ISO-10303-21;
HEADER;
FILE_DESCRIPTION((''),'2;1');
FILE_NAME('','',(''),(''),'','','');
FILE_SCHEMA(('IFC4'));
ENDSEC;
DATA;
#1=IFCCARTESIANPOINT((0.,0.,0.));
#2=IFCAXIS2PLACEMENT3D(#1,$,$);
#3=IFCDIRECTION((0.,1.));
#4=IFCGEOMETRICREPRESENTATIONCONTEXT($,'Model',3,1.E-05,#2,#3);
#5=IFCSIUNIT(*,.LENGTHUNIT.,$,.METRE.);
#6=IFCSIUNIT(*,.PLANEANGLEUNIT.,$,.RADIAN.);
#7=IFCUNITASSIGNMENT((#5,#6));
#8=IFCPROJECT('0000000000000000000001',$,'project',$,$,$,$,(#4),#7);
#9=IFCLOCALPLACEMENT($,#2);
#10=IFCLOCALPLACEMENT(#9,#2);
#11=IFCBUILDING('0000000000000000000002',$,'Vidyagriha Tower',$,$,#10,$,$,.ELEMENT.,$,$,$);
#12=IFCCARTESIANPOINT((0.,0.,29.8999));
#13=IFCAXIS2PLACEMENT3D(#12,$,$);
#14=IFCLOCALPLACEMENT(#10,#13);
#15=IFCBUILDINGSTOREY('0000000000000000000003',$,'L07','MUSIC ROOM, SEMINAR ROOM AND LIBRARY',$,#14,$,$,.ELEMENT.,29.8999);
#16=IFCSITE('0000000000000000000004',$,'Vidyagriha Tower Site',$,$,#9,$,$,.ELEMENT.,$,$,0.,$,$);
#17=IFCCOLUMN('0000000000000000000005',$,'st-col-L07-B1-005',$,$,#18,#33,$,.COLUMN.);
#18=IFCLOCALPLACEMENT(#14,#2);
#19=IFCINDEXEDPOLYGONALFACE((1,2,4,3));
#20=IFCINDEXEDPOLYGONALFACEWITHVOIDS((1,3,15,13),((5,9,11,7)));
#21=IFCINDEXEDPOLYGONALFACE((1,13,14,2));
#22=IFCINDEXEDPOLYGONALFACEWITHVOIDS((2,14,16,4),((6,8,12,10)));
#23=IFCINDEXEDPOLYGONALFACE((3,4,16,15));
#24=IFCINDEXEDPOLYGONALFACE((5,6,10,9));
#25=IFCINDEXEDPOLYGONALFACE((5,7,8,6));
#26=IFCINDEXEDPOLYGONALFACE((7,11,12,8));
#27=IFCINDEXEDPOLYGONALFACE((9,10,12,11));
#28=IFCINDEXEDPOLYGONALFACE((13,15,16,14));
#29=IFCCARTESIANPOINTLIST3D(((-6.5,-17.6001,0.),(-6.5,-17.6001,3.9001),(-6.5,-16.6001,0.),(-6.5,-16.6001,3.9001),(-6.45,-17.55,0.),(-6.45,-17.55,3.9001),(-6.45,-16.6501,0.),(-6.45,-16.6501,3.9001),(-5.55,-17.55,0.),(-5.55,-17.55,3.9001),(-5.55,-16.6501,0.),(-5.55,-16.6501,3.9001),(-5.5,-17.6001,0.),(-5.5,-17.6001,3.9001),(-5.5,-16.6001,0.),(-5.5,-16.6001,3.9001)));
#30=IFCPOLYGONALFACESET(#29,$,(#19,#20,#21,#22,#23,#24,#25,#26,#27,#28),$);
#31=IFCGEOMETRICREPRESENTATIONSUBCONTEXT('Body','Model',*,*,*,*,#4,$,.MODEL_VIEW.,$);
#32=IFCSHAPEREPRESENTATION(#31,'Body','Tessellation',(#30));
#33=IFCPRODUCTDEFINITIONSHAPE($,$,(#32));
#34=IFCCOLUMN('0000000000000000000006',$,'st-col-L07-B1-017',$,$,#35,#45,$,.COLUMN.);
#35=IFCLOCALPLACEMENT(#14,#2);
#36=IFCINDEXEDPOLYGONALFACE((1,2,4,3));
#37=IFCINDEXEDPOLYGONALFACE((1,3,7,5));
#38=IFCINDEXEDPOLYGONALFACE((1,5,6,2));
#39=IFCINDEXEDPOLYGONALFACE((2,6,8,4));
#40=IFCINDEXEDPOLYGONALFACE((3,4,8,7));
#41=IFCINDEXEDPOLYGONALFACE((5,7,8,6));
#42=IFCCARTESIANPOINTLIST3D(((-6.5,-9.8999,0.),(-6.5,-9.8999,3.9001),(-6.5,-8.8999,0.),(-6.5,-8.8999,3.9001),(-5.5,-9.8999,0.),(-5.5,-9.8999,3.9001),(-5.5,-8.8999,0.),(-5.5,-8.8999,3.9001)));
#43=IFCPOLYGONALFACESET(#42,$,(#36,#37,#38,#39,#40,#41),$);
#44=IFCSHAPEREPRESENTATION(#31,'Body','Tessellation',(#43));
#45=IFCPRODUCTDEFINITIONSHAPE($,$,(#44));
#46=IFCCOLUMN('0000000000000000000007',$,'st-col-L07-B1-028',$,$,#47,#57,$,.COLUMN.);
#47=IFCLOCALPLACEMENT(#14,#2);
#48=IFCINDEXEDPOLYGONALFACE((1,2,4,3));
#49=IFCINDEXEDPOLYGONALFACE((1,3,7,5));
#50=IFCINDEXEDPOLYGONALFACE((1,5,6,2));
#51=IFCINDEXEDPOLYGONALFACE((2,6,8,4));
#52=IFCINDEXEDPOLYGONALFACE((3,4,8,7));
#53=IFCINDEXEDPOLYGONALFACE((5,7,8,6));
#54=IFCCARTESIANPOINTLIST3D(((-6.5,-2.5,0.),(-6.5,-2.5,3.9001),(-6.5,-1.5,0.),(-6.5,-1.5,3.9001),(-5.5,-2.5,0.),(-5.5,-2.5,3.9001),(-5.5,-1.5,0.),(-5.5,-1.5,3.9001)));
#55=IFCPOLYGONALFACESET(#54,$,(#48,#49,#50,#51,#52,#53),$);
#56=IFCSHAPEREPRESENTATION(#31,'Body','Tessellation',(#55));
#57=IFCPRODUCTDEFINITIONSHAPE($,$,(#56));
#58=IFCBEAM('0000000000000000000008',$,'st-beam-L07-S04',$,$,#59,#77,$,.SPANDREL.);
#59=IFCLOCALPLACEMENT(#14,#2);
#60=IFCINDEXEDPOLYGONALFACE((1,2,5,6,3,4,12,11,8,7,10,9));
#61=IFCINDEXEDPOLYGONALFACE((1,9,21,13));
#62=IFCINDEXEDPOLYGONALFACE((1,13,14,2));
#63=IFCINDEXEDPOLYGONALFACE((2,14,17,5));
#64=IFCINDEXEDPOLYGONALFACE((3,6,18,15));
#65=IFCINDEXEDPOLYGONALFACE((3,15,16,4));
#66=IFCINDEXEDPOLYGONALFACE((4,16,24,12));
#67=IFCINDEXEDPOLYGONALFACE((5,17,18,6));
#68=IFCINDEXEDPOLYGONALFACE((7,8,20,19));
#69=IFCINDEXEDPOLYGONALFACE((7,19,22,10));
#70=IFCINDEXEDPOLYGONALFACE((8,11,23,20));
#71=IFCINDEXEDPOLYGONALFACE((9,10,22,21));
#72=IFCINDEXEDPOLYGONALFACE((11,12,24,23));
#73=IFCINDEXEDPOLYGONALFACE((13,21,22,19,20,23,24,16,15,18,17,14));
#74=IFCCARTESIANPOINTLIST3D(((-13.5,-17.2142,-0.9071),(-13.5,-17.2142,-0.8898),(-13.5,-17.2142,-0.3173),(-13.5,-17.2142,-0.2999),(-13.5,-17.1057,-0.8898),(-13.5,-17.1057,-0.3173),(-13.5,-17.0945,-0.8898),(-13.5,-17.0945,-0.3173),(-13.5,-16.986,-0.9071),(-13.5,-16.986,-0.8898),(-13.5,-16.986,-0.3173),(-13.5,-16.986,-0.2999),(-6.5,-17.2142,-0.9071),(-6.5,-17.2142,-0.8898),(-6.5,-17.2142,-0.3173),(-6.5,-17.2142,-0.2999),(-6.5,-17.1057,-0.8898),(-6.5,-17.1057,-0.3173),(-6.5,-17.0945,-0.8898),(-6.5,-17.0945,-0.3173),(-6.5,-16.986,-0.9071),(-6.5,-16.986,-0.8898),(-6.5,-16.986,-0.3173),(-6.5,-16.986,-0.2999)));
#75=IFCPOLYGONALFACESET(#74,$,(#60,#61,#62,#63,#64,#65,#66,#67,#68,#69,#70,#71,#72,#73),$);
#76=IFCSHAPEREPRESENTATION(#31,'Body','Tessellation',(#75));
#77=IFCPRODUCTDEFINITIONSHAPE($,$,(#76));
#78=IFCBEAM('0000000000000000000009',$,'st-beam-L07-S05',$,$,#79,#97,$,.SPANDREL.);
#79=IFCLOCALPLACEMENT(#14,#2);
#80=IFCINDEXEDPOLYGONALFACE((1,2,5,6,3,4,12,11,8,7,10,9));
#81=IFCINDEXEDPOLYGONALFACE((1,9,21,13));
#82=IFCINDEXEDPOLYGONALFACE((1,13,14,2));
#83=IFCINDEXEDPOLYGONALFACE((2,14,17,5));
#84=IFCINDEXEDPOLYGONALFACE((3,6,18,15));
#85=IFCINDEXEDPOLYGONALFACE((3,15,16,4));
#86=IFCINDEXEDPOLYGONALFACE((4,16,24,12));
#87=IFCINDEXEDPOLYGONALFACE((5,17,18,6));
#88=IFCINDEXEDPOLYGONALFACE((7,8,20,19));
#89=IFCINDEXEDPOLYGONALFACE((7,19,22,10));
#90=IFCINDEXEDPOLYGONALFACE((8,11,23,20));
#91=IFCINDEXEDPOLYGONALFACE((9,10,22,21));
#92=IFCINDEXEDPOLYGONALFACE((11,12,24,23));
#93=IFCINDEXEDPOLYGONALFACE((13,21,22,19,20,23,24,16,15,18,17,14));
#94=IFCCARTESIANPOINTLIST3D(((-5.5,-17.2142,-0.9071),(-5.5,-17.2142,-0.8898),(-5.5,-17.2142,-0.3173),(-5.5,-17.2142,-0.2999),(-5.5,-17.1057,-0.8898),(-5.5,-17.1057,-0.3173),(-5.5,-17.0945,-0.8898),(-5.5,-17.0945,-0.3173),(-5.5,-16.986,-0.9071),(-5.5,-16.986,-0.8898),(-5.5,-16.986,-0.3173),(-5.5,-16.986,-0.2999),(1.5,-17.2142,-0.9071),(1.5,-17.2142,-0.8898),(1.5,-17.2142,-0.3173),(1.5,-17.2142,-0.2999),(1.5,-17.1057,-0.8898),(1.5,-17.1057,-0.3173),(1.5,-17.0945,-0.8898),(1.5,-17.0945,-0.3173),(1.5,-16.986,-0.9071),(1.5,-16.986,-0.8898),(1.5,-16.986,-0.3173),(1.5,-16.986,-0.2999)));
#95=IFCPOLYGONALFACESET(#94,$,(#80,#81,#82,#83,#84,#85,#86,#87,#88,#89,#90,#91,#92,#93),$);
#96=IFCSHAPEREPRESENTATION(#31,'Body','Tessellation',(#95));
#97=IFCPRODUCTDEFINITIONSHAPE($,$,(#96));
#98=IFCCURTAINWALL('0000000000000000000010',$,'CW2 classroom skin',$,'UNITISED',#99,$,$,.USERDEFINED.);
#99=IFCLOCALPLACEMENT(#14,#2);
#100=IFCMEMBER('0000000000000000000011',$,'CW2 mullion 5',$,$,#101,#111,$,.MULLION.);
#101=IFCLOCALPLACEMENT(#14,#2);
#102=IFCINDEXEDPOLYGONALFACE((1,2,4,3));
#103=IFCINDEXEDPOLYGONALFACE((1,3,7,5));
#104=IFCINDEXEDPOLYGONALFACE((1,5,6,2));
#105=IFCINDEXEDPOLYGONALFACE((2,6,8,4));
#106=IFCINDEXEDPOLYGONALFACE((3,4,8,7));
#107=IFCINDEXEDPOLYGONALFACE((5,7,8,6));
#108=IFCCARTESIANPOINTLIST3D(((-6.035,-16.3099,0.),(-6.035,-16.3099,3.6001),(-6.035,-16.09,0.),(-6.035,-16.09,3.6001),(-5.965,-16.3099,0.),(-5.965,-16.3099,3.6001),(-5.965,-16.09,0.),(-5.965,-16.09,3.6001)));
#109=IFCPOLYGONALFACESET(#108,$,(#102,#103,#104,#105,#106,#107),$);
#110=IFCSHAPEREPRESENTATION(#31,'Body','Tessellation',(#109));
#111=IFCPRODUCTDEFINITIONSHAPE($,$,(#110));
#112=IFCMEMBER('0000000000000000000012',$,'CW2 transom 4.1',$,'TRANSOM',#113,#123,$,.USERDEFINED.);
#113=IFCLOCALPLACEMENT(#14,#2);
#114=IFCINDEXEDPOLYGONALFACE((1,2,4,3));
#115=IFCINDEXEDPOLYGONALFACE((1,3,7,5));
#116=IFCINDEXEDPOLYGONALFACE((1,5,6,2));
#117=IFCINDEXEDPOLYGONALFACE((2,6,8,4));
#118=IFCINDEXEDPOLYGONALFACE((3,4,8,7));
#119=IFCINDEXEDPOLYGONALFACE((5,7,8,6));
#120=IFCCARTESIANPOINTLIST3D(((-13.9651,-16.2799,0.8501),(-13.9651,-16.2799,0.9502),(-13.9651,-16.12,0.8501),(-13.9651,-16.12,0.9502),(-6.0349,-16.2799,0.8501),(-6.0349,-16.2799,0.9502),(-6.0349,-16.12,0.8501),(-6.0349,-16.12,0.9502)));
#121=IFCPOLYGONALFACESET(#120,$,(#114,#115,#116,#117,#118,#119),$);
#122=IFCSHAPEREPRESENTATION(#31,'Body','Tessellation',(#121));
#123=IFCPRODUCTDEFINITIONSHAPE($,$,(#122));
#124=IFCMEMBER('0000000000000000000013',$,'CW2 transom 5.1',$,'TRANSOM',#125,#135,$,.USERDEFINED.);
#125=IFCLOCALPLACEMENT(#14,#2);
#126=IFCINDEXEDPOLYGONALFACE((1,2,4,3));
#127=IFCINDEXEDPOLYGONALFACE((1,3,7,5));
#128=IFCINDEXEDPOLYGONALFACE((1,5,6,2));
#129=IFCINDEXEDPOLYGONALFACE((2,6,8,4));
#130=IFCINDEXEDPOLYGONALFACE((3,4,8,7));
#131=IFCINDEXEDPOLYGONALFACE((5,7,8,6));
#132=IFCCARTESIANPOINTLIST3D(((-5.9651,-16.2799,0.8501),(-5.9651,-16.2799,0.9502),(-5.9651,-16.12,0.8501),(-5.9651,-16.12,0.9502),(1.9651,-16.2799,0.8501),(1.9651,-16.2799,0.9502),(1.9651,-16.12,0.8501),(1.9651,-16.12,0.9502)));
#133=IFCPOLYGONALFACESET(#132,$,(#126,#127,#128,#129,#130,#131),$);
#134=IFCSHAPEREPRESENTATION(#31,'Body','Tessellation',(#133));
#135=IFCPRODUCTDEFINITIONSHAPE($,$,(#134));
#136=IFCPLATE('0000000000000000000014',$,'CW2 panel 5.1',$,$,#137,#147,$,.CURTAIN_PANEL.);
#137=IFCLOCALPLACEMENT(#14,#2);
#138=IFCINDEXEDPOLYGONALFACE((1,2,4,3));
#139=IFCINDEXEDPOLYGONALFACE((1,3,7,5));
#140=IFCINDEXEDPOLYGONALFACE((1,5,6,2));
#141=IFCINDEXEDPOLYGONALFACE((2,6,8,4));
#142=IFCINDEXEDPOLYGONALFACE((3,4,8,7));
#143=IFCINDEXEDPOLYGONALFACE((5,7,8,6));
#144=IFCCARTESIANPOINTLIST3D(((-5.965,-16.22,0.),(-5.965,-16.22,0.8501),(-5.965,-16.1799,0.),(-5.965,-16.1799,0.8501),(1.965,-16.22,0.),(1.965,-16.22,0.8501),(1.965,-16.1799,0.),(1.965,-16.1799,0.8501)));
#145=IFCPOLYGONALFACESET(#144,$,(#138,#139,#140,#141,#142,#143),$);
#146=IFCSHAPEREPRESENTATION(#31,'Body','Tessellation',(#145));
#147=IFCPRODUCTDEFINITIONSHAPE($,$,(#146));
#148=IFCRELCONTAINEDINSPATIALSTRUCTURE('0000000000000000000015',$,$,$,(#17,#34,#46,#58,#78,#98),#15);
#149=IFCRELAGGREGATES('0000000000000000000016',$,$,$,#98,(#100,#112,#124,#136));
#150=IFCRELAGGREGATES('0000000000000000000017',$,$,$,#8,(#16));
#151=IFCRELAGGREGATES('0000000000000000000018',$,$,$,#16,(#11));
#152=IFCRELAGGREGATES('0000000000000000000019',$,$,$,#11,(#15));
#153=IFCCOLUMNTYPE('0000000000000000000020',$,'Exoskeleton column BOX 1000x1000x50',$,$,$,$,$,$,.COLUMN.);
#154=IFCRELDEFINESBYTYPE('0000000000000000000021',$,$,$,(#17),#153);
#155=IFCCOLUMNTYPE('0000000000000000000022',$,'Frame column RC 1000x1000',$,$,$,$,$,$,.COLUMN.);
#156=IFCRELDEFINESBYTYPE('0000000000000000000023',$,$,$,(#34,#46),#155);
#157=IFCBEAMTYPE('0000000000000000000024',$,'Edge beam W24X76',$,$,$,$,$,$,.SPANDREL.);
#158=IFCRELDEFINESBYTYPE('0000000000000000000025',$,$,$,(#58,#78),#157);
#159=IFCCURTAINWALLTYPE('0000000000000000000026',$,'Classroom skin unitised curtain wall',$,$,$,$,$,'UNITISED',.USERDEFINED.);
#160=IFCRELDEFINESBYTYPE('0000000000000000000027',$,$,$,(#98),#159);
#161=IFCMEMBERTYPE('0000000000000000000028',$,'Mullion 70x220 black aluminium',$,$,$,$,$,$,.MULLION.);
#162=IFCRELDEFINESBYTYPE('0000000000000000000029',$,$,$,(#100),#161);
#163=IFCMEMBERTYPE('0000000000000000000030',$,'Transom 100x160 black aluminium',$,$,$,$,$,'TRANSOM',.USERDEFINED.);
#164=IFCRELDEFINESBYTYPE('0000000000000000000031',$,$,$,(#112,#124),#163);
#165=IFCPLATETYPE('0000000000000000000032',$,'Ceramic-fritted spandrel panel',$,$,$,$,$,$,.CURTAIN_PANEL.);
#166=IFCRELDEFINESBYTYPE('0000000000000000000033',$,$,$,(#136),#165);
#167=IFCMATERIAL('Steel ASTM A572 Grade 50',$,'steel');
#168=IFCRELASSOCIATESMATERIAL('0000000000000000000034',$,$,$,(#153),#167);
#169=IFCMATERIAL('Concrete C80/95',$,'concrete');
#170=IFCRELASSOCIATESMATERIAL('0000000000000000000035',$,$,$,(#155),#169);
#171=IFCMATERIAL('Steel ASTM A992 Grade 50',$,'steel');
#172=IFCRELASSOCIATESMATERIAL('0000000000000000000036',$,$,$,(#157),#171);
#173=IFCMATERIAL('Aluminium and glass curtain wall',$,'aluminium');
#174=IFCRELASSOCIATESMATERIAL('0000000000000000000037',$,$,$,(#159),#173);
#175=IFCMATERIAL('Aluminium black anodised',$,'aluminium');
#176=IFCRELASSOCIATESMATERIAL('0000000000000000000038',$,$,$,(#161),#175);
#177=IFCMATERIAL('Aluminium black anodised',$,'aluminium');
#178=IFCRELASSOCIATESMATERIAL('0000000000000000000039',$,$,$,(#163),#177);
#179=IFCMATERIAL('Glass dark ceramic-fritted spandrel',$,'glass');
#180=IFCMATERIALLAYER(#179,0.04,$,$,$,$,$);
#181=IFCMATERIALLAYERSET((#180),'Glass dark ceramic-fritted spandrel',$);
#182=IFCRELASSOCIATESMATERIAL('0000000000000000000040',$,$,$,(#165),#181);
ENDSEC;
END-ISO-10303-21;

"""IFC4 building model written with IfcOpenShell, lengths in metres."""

from ifc_helpers import new_model, si_unit, direction, frame, origin, origin_2d, place, context, subcontext, project, spatial, rectangle, hollow_rectangle, i_section, extrude, material, layer, layer_set, material_profile, profile_set, type_object, element, aggregate, save


model = new_model("IFC4")

# Units and contexts
model_context = context("Model", 3, precision=1e-05, world=origin(), true_north=direction((0.0, 1.0)))
body_context = subcontext(model_context, "Body", "Model", "MODEL_VIEW")
ifc_project = project(units=[si_unit("LENGTHUNIT", "METRE"), si_unit("PLANEANGLEUNIT", "RADIAN")], contexts=[model_context])

# Site, building, storey
site_placement = place(None, origin())
site = spatial("IfcSite", under=ifc_project, at=site_placement, Name="Vidyagriha Tower Site", CompositionType="ELEMENT", RefElevation=0.0)
building_placement = place(site_placement, origin())
building = spatial("IfcBuilding", under=site, at=building_placement, Name="Vidyagriha Tower", CompositionType="ELEMENT")
storey_placement = place(building_placement, frame((0.0, 0.0, 29.8999)))
storey = spatial("IfcBuildingStorey", under=building, at=storey_placement, Name="L07", Description="MUSIC ROOM, SEMINAR ROOM AND LIBRARY", CompositionType="ELEMENT", Elevation=29.8999)

# Columns
ifc_material_1 = material(Name="Steel ASTM A572 Grade 50", Category="steel")
ifc_material_profile_1 = material_profile(ifc_material_1, hollow_rectangle(XDim=1.0, YDim=1.0, WallThickness=0.05, at=origin_2d()), Name="BOX 1000x1000x50")
ifc_profile_set_1 = profile_set([ifc_material_profile_1], Name="Steel ASTM A572 Grade 50")
column_type_1 = type_object("IfcColumnType", Name="Exoskeleton column BOX 1000x1000x50", PredefinedType="COLUMN", material=ifc_profile_set_1)
column_placement = place(storey_placement, frame((-6.0, -17.1001, 0.0)))
element("IfcColumn", 1, at=column_placement, inside=storey, type_object=column_type_1, Name="st-col-L07-B1-005", PredefinedType="COLUMN", context=body_context, shape_type="SweptSolid", body=[
    extrude(hollow_rectangle(XDim=1.0, YDim=1.0, WallThickness=0.05, at=origin_2d()), origin(), (0.0, 0.0, 1.0), 3.9001),
])
ifc_material_2 = material(Name="Concrete C80/95", Category="concrete")
ifc_material_profile_2 = material_profile(ifc_material_2, rectangle(XDim=1.0, YDim=1.0, at=origin_2d()), Name="RC 1000x1000")
ifc_profile_set_2 = profile_set([ifc_material_profile_2], Name="Concrete C80/95")
column_type_2 = type_object("IfcColumnType", Name="Frame column RC 1000x1000", PredefinedType="COLUMN", material=ifc_profile_set_2)
for number, where, name in (
    (2, (-6.0, -9.3999, 0.0), "st-col-L07-B1-017"),
    (3, (-6.0, -2.0, 0.0), "st-col-L07-B1-028"),
):
    element("IfcColumn", number, at=place(storey_placement, frame(where)), inside=storey, type_object=column_type_2, Name=name, PredefinedType="COLUMN", context=body_context, shape_type="SweptSolid", body=[
        extrude(rectangle(XDim=1.0, YDim=1.0, at=origin_2d()), origin(), (0.0, 0.0, 1.0), 3.9001),
    ])

# Beams
ifc_material_3 = material(Name="Steel ASTM A992 Grade 50", Category="steel")
ifc_material_profile_3 = material_profile(ifc_material_3, i_section(OverallWidth=0.2283, OverallDepth=0.6072, WebThickness=0.0112, FlangeThickness=0.0173, at=origin_2d()), Name="W24X76")
ifc_profile_set_3 = profile_set([ifc_material_profile_3], Name="Steel ASTM A992 Grade 50")
beam_type = type_object("IfcBeamType", Name="Edge beam W24X76", PredefinedType="SPANDREL", material=ifc_profile_set_3)
for number, where, z_axis, x_axis, name in (
    (4, (-13.5, -17.1001, -0.6035), (1.0, 0.0, 0.0), (0.0, 1.0, 0.0), "st-beam-L07-S04"),
    (5, (-5.5, -17.1001, -0.6035), (1.0, 0.0, 0.0), (0.0, 1.0, 0.0), "st-beam-L07-S05"),
):
    element("IfcBeam", number, at=place(storey_placement, frame(where, z_axis=z_axis, x_axis=x_axis)), inside=storey, type_object=beam_type, Name=name, PredefinedType="SPANDREL", context=body_context, shape_type="SweptSolid", body=[
        extrude(i_section(OverallWidth=0.2283, OverallDepth=0.6072, WebThickness=0.0112, FlangeThickness=0.0173, at=origin_2d()), origin(), (0.0, 0.0, 1.0), 7.0),
    ])

# Curtain wall, members, plate
ifc_material_4 = material(Name="Aluminium and glass curtain wall", Category="aluminium")
curtain_wall_type = type_object("IfcCurtainWallType", Name="Classroom skin unitised curtain wall", ElementType="UNITISED", PredefinedType="USERDEFINED", material=ifc_material_4)
curtain_wall_placement = place(storey_placement, origin())
curtain_wall = element("IfcCurtainWall", 6, at=curtain_wall_placement, inside=storey, type_object=curtain_wall_type, Name="CW2 classroom skin", ObjectType="UNITISED", PredefinedType="USERDEFINED")
ifc_material_5 = material(Name="Aluminium black anodised", Category="aluminium")
ifc_material_profile_4 = material_profile(ifc_material_5, rectangle(XDim=0.22, YDim=0.0701, at=origin_2d()), Name="Mullion 70x220 black aluminium")
ifc_profile_set_4 = profile_set([ifc_material_profile_4], Name="Aluminium black anodised")
member_type_1 = type_object("IfcMemberType", Name="Mullion 70x220 black aluminium", PredefinedType="MULLION", material=ifc_profile_set_4)
member_1_placement = place(storey_placement, frame((-6.0, -16.2, 0.0), z_axis=(0.0, 0.0, 1.0), x_axis=(0.0, 1.0, 0.0)))
member_1 = element("IfcMember", 7, at=member_1_placement, type_object=member_type_1, Name="CW2 mullion 5", PredefinedType="MULLION", context=body_context, shape_type="SweptSolid", body=[
    extrude(rectangle(XDim=0.22, YDim=0.0701, at=origin_2d()), origin(), (0.0, 0.0, 1.0), 3.6001),
])
ifc_material_6 = material(Name="Aluminium black anodised", Category="aluminium")
ifc_material_profile_5 = material_profile(ifc_material_6, rectangle(XDim=0.1599, YDim=0.1001, at=origin_2d()), Name="Transom 100x160 black aluminium")
ifc_profile_set_5 = profile_set([ifc_material_profile_5], Name="Aluminium black anodised")
member_type_2 = type_object("IfcMemberType", Name="Transom 100x160 black aluminium", ElementType="TRANSOM", PredefinedType="USERDEFINED", material=ifc_profile_set_5)
member_2_placement = place(storey_placement, frame((-13.9651, -16.2, 0.9001), z_axis=(1.0, 0.0, 0.0), x_axis=(0.0, 1.0, 0.0)))
member_2 = element("IfcMember", 8, at=member_2_placement, type_object=member_type_2, Name="CW2 transom 4.1", ObjectType="TRANSOM", PredefinedType="USERDEFINED", context=body_context, shape_type="SweptSolid", body=[
    extrude(rectangle(XDim=0.1599, YDim=0.1001, at=origin_2d()), origin(), (0.0, 0.0, 1.0), 7.9302),
])
member_3_placement = place(storey_placement, frame((-5.9651, -16.2, 0.9001), z_axis=(1.0, 0.0, 0.0), x_axis=(0.0, 1.0, 0.0)))
member_3 = element("IfcMember", 9, at=member_3_placement, type_object=member_type_2, Name="CW2 transom 5.1", ObjectType="TRANSOM", PredefinedType="USERDEFINED", context=body_context, shape_type="SweptSolid", body=[
    extrude(rectangle(XDim=0.1599, YDim=0.1001, at=origin_2d()), origin(), (0.0, 0.0, 1.0), 7.9302),
])
ifc_material_7 = material(Name="Glass dark ceramic-fritted spandrel", Category="glass")
ifc_layer_1 = layer(ifc_material_7, 0.04)
ifc_layer_set_1 = layer_set([ifc_layer_1], Name="Glass dark ceramic-fritted spandrel")
plate_type_1 = type_object("IfcPlateType", Name="Ceramic-fritted spandrel panel", PredefinedType="CURTAIN_PANEL", material=ifc_layer_set_1)
plate_1_placement = place(storey_placement, frame((-2.0, -16.2, 0.0)))
plate_1 = element("IfcPlate", 10, at=plate_1_placement, type_object=plate_type_1, Name="CW2 panel 5.1", PredefinedType="CURTAIN_PANEL", context=body_context, shape_type="SweptSolid", body=[
    extrude(rectangle(XDim=7.9299, YDim=0.04, at=origin_2d()), origin(), (0.0, 0.0, 1.0), 0.8501),
])

aggregate(curtain_wall, [member_1, member_2, member_3, plate_1])

save(model, "model.ifc")
